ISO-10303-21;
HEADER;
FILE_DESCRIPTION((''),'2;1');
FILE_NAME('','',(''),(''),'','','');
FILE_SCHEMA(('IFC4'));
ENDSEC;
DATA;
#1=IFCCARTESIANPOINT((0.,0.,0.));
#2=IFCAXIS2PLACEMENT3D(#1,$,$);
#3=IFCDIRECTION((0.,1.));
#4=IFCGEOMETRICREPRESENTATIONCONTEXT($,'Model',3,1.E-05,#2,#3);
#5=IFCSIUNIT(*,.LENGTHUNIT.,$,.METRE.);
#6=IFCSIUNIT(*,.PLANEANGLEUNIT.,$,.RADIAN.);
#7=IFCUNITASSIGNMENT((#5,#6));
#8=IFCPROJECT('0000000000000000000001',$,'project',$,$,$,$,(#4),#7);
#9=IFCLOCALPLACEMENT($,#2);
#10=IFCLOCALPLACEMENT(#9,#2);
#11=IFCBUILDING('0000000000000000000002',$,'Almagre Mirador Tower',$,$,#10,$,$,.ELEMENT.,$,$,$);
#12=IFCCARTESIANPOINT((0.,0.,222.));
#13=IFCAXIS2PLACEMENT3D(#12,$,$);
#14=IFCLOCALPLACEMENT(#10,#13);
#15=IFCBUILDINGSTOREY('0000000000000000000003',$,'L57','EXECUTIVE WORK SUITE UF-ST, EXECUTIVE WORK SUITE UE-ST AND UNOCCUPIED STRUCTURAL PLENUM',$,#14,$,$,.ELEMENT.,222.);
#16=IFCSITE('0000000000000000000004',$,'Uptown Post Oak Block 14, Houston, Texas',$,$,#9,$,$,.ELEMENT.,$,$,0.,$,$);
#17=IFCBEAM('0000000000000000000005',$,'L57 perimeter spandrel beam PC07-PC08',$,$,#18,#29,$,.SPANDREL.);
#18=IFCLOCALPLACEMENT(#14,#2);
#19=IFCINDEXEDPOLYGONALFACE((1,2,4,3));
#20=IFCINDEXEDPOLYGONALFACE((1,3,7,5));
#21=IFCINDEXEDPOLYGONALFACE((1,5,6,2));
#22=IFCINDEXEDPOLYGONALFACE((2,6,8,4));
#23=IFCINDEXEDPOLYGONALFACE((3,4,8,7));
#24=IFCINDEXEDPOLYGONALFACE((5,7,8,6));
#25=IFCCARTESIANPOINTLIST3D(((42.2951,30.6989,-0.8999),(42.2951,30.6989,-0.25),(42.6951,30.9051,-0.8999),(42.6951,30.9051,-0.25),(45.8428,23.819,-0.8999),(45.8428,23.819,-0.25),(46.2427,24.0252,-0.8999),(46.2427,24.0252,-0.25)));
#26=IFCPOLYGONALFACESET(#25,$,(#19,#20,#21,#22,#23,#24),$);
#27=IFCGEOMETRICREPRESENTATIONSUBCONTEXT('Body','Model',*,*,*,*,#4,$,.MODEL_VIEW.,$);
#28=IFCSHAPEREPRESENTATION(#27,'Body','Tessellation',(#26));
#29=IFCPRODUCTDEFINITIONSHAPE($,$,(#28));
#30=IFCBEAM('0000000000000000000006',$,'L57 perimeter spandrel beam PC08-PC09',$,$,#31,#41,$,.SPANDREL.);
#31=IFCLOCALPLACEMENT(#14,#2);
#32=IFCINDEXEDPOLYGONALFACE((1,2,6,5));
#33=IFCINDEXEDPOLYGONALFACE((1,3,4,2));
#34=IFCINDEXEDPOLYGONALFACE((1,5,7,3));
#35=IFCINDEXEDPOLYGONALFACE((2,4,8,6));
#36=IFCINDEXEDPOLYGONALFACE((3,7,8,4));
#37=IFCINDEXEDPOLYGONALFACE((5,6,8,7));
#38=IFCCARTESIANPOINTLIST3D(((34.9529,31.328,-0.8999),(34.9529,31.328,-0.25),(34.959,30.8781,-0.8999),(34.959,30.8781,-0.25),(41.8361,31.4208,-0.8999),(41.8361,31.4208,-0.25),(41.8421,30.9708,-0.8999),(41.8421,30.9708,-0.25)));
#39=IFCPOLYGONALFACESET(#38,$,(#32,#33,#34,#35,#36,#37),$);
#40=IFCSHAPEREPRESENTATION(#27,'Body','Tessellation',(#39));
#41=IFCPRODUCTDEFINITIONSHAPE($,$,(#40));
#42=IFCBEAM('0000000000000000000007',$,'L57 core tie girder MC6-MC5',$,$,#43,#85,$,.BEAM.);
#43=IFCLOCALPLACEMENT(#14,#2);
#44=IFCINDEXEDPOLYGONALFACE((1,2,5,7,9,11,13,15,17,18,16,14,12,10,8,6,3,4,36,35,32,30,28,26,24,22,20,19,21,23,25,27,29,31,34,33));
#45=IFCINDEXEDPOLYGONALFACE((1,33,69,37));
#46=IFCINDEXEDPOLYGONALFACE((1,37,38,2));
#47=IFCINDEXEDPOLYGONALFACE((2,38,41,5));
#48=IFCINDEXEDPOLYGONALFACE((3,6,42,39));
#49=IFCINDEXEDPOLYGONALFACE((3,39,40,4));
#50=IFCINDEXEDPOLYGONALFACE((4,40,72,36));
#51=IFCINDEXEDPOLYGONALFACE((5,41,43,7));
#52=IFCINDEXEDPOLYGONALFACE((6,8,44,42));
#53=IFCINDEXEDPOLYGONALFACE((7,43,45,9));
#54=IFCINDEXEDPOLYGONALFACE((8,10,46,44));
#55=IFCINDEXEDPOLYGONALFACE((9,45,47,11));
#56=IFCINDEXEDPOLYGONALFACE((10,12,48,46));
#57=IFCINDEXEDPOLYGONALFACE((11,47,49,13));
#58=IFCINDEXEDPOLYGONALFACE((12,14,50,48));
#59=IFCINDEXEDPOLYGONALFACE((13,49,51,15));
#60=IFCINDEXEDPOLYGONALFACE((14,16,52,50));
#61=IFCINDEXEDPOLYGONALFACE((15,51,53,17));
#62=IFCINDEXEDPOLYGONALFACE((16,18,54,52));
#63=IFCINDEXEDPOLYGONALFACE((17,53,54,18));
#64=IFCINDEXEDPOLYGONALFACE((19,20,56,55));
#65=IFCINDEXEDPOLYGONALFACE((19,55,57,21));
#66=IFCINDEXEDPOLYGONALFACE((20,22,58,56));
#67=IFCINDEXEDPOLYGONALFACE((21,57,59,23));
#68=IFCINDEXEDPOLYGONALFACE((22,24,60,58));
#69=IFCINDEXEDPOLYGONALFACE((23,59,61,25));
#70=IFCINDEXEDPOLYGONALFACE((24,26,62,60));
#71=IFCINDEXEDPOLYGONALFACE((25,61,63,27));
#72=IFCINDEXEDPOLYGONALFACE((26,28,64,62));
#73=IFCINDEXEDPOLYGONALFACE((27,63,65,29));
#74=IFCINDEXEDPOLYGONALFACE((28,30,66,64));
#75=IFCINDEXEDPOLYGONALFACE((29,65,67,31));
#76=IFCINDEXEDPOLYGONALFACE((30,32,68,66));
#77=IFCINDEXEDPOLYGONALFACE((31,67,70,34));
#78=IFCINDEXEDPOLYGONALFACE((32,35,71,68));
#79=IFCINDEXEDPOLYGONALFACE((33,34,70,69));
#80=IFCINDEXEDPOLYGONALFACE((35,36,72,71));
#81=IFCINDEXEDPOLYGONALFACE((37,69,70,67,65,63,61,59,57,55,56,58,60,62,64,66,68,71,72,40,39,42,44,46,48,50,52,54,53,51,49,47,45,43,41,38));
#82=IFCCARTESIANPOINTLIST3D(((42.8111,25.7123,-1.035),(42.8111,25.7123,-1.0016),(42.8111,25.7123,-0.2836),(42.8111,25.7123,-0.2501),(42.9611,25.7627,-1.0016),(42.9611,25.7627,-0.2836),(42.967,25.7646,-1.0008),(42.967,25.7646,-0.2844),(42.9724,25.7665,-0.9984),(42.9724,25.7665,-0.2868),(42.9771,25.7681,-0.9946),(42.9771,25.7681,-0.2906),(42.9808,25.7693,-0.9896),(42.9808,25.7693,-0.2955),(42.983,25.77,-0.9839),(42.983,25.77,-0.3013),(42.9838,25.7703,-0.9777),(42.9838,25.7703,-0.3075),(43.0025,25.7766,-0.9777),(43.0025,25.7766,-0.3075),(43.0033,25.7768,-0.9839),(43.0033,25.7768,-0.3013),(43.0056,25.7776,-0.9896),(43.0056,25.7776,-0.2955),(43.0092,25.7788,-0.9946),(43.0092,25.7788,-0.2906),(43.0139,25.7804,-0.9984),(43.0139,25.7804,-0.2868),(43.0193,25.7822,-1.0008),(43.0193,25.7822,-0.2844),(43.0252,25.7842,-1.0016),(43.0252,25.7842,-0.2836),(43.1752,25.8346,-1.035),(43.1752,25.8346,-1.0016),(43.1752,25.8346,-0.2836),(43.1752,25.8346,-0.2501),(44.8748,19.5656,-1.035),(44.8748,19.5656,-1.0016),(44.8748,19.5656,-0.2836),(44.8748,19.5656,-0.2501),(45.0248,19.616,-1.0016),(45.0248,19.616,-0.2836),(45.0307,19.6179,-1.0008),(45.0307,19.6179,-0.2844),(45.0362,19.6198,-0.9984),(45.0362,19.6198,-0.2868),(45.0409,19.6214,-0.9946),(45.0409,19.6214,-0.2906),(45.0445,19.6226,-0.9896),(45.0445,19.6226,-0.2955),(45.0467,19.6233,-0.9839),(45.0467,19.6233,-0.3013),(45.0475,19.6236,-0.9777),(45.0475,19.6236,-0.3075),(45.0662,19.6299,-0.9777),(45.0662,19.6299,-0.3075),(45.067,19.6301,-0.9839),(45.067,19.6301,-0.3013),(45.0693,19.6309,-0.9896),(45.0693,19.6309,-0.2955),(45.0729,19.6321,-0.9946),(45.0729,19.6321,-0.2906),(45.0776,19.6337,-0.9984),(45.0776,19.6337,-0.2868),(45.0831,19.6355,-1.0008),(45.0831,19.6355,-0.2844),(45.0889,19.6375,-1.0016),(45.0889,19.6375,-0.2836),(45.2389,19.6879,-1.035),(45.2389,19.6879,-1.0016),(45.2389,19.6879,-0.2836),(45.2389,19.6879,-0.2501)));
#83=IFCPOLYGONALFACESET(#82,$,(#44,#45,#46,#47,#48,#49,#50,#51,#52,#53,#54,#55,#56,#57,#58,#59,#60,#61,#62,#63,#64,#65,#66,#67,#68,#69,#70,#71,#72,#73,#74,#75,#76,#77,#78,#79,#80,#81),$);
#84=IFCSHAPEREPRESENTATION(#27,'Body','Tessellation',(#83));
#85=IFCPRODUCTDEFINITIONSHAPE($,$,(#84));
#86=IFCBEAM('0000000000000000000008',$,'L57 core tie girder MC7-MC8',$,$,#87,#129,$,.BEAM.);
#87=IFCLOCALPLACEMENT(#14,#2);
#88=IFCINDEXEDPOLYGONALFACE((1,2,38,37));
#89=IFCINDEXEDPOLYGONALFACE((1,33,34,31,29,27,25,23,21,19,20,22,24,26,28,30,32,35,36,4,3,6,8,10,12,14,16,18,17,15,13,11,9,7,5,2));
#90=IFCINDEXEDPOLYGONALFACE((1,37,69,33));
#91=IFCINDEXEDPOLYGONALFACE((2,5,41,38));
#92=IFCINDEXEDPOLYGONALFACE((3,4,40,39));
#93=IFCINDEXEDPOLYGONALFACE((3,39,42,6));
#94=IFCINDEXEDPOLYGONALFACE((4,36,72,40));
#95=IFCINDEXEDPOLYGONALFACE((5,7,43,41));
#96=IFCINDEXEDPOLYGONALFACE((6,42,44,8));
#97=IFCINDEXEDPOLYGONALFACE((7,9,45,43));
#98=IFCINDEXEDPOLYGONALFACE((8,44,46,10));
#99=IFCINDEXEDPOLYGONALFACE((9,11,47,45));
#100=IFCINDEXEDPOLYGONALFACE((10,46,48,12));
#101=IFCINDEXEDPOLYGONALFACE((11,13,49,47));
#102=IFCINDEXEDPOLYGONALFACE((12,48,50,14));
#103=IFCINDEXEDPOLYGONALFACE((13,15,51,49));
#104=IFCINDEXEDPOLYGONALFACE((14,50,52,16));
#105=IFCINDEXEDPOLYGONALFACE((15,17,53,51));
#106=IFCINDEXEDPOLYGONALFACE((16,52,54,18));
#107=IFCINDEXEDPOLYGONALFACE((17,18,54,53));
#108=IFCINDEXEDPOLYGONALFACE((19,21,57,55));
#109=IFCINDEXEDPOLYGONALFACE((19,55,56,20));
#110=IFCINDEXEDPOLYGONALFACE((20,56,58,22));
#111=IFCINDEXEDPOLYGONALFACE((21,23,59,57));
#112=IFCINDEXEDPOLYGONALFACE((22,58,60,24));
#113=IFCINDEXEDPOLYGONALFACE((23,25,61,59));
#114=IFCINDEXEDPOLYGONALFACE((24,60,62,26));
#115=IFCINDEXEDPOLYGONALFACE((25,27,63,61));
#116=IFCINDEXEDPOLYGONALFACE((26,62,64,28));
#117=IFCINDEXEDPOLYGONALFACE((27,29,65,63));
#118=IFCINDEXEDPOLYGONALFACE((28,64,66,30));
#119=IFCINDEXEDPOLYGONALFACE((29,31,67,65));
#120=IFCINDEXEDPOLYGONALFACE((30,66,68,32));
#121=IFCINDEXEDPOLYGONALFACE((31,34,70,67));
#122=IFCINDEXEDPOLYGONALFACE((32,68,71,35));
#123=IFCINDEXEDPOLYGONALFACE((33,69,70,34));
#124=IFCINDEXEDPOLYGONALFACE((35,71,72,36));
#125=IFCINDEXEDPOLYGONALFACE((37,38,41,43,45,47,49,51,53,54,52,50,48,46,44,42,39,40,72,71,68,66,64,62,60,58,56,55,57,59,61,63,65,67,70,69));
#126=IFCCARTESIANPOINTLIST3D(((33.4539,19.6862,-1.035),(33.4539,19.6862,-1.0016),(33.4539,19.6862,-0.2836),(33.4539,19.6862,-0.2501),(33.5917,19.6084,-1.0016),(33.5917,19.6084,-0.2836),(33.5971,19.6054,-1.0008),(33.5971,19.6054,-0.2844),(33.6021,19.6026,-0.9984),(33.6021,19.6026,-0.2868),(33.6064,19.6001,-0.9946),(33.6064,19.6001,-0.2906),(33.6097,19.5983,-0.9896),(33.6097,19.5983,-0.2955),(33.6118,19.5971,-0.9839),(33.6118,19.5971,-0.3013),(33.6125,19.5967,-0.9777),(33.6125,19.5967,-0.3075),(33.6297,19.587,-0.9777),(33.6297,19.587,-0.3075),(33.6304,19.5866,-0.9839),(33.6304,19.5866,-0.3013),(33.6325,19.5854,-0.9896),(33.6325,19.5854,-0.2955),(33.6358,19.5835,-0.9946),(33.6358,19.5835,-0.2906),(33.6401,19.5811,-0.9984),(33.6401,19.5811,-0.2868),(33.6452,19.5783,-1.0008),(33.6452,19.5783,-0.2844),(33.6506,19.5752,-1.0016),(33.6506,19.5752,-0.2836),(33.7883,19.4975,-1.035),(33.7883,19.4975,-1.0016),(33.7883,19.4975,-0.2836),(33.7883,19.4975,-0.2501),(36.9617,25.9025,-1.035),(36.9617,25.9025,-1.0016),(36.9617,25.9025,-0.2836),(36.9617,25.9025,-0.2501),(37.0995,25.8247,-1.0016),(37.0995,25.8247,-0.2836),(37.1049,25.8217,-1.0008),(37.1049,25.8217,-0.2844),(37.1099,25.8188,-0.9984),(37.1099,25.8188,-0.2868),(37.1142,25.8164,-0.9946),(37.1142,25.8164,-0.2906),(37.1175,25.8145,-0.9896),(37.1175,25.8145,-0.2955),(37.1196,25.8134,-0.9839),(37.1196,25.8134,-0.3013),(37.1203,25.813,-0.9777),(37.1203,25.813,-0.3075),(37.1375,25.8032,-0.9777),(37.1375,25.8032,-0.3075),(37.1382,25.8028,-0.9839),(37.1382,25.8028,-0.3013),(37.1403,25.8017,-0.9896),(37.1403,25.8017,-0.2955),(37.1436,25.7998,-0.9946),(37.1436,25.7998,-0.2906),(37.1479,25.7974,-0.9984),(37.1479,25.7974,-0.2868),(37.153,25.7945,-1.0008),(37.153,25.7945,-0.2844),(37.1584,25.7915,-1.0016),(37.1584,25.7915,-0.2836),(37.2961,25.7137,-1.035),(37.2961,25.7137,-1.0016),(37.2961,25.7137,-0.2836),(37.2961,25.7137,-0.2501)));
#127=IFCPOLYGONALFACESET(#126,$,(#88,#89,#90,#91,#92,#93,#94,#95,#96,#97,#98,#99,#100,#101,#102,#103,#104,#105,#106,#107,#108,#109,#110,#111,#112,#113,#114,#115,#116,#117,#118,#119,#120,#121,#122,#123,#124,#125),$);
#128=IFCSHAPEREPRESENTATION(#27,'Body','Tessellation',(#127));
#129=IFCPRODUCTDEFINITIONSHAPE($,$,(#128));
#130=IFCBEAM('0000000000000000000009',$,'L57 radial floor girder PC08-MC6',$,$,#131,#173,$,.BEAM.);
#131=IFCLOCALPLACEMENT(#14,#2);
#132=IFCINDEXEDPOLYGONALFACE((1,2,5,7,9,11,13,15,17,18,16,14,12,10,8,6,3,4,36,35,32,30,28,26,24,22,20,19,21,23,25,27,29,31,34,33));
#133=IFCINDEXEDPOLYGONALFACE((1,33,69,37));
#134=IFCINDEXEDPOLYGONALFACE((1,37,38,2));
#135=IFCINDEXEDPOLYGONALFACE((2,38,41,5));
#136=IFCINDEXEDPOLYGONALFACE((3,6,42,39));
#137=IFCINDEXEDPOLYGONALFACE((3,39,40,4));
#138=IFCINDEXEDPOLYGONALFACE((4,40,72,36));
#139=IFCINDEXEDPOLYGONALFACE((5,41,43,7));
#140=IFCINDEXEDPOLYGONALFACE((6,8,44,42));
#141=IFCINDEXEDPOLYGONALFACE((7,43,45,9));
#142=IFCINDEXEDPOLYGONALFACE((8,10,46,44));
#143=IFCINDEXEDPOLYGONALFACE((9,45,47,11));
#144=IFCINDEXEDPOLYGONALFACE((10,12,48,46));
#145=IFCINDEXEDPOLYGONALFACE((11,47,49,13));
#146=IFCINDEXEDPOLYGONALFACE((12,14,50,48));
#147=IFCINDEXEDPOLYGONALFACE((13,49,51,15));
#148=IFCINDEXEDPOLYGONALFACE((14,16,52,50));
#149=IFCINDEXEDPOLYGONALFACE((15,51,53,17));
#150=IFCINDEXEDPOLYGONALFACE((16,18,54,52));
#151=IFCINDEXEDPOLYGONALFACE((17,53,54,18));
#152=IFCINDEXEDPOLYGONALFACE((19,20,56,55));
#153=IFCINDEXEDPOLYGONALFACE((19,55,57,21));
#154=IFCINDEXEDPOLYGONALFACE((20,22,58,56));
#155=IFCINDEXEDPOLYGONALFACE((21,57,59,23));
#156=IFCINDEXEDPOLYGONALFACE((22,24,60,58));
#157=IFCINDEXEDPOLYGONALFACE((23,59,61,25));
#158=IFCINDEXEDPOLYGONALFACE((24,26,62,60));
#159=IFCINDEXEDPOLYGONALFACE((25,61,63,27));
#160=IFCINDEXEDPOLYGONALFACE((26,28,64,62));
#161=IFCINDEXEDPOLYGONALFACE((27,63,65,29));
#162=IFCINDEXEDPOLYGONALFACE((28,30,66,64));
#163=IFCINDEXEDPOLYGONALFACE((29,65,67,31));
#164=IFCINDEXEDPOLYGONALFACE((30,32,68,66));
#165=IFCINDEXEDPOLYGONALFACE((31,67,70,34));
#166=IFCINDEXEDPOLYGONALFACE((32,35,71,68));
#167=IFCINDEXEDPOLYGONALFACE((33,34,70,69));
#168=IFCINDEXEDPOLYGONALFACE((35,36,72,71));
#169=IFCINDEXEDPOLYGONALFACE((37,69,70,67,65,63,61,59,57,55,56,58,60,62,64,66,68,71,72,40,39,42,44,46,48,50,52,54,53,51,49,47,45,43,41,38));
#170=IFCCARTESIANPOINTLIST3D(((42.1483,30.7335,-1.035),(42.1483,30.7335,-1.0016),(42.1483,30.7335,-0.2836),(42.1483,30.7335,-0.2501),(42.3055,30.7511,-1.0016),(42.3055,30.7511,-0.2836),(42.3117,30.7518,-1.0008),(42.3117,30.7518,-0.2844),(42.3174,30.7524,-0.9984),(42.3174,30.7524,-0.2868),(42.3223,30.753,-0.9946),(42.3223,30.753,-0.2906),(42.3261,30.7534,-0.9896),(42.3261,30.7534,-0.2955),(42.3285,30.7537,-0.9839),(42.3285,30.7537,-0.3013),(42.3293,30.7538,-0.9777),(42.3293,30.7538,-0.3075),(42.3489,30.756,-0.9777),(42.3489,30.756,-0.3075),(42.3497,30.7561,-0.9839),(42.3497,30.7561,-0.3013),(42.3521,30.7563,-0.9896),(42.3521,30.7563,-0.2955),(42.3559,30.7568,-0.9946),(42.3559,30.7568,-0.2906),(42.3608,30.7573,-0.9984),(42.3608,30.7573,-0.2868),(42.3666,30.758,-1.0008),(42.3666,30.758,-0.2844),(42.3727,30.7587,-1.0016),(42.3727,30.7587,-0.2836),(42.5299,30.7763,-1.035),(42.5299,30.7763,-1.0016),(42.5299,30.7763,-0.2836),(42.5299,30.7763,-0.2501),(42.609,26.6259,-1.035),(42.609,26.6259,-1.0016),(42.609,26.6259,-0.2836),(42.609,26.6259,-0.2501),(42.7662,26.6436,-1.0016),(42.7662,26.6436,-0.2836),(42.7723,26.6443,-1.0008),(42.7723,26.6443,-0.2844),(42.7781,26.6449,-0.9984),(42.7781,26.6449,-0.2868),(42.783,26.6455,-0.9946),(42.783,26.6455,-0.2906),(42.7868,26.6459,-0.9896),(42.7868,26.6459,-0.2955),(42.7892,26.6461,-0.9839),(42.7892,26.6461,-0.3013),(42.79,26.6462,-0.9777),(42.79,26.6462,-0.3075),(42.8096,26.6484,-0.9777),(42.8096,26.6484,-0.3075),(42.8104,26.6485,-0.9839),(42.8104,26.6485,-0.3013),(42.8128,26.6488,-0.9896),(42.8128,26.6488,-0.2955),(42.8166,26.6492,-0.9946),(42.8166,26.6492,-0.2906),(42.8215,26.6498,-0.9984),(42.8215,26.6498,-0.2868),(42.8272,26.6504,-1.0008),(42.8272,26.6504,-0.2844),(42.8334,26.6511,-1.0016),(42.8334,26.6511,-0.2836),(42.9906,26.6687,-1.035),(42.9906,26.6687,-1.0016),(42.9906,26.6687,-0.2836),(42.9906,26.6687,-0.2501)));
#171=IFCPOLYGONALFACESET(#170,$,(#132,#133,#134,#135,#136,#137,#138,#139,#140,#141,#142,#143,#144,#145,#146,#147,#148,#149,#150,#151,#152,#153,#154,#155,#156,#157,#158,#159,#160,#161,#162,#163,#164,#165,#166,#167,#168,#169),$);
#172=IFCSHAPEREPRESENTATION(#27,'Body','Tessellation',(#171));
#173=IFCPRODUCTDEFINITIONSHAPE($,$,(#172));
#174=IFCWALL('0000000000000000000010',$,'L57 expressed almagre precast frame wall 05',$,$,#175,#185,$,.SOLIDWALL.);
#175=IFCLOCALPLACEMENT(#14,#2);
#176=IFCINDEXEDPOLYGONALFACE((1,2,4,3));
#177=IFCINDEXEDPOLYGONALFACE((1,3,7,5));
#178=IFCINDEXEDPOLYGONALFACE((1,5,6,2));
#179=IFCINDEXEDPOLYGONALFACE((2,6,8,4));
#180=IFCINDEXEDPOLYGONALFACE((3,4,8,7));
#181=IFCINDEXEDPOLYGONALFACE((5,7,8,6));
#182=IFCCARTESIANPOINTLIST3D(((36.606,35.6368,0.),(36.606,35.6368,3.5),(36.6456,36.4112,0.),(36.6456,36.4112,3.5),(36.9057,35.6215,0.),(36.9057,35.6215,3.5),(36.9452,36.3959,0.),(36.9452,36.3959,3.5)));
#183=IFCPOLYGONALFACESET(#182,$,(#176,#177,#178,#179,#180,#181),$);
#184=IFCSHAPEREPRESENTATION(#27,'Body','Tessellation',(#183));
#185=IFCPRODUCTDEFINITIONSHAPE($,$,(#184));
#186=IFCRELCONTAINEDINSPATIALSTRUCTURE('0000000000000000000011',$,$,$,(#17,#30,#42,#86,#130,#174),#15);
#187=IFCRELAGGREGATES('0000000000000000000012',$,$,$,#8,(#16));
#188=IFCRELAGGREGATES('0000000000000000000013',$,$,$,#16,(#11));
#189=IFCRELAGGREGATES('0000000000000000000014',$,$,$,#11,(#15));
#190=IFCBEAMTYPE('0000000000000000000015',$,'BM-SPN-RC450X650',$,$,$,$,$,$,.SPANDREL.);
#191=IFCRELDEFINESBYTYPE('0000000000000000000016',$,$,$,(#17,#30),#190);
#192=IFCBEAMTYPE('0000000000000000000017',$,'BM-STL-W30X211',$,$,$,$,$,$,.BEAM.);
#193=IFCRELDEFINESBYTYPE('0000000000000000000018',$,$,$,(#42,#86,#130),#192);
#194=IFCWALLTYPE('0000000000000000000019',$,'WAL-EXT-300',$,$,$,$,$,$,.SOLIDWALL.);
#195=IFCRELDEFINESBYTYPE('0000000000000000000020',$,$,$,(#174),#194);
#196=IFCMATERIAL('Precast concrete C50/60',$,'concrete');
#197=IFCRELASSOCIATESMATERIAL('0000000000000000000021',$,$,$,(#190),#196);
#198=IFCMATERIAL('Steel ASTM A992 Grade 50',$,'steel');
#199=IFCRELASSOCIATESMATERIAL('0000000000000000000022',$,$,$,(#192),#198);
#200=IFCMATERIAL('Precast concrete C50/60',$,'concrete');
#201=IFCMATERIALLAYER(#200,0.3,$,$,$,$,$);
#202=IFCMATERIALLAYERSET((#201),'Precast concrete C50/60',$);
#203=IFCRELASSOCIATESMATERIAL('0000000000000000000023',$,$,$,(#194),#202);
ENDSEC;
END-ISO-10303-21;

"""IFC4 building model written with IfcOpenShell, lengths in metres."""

from ifc_helpers import new_model, si_unit, direction, frame, frame_2d, origin, origin_2d, place, context, subcontext, project, spatial, rectangle, i_section, extrude, material, layer, layer_set, material_profile, profile_set, type_object, element, save


model = new_model("IFC4")

# Units and contexts
model_context = context("Model", 3, precision=1e-05, world=origin(), true_north=direction((0.0, 1.0)))
body_context = subcontext(model_context, "Body", "Model", "MODEL_VIEW")
ifc_project = project(units=[si_unit("LENGTHUNIT", "METRE"), si_unit("PLANEANGLEUNIT", "RADIAN")], contexts=[model_context])

# Site, building, storey
site_placement = place(None, origin())
site = spatial("IfcSite", under=ifc_project, at=site_placement, Name="Uptown Post Oak Block 14, Houston, Texas", CompositionType="ELEMENT", RefElevation=0.0)
building_placement = place(site_placement, origin())
building = spatial("IfcBuilding", under=site, at=building_placement, Name="Almagre Mirador Tower", CompositionType="ELEMENT")
storey_placement = place(building_placement, frame((0.0, 0.0, 222.0)))
storey = spatial("IfcBuildingStorey", under=building, at=storey_placement, Name="L57", Description="EXECUTIVE WORK SUITE UF-ST, EXECUTIVE WORK SUITE UE-ST AND UNOCCUPIED STRUCTURAL PLENUM", CompositionType="ELEMENT", Elevation=222.0)

# Beams
ifc_material_1 = material(Name="Precast concrete C50/60", Category="concrete")
ifc_material_profile_1 = material_profile(ifc_material_1, rectangle(XDim=0.45, YDim=0.6499, at=origin_2d()), Name="RC450X650")
ifc_profile_set_1 = profile_set([ifc_material_profile_1], Name="Precast concrete C50/60")
beam_type_1 = type_object("IfcBeamType", Name="BM-SPN-RC450X650", PredefinedType="SPANDREL", material=ifc_profile_set_1)
beam_1_placement = place(storey_placement, frame((46.0427, 23.9221, -0.575), z_axis=(-0.458306, 0.888794, 0.0), x_axis=(-0.888794, -0.458306, 0.0)))
element("IfcBeam", 1, at=beam_1_placement, inside=storey, type_object=beam_type_1, Name="L57 perimeter spandrel beam PC07-PC08", PredefinedType="SPANDREL", context=body_context, shape_type="SweptSolid", body=[
    extrude(rectangle(XDim=0.45, YDim=0.6499, at=origin_2d()), origin(), (0.0, 0.0, 1.0), 7.7407),
])
beam_2_placement = place(storey_placement, frame((41.8391, 31.1958, -0.575), z_axis=(-0.999909, -0.013477, 0.0), x_axis=(0.013477, -0.999909, 0.0)))
element("IfcBeam", 2, at=beam_2_placement, inside=storey, type_object=beam_type_1, Name="L57 perimeter spandrel beam PC08-PC09", PredefinedType="SPANDREL", context=body_context, shape_type="SweptSolid", body=[
    extrude(rectangle(XDim=0.45, YDim=0.6499, at=origin_2d()), origin(), (0.0, 0.0, 1.0), 6.8838),
])
ifc_material_2 = material(Name="Steel ASTM A992 Grade 50", Category="steel")
ifc_material_profile_2 = material_profile(ifc_material_2, i_section(OverallWidth=0.384, OverallDepth=0.7849, WebThickness=0.0198, FlangeThickness=0.0334, FilletRadius=0.0239, at=origin_2d()), Name="W30X211")
ifc_profile_set_2 = profile_set([ifc_material_profile_2], Name="Steel ASTM A992 Grade 50")
beam_type_2 = type_object("IfcBeamType", Name="BM-STL-W30X211", PredefinedType="BEAM", material=ifc_profile_set_2)
beam_3_placement = place(storey_placement, frame((42.9932, 25.7734, -0.6426), z_axis=(0.318283, -0.947996, 0.0), x_axis=(0.947996, 0.318283, 0.0)))
element("IfcBeam", 3, at=beam_3_placement, inside=storey, type_object=beam_type_2, Name="L57 core tie girder MC6-MC5", PredefinedType="BEAM", context=body_context, shape_type="SweptSolid", body=[
    extrude(i_section(OverallWidth=0.384, OverallDepth=0.7849, WebThickness=0.0198, FlangeThickness=0.0334, FilletRadius=0.0239, at=origin_2d()), origin(), (0.0, 0.0, 1.0), 6.4839),
])
beam_4_placement = place(storey_placement, frame((37.1289, 25.8081, -0.6426), z_axis=(-0.491446, -0.870908, 0.0), x_axis=(0.870908, -0.491446, 0.0)))
element("IfcBeam", 4, at=beam_4_placement, inside=storey, type_object=beam_type_2, Name="L57 core tie girder MC7-MC8", PredefinedType="BEAM", context=body_context, shape_type="SweptSolid", body=[
    extrude(i_section(OverallWidth=0.384, OverallDepth=0.7849, WebThickness=0.0198, FlangeThickness=0.0334, FilletRadius=0.0239, at=origin_2d()), origin(), (0.0, 0.0, 1.0), 7.1377),
])
beam_5_placement = place(storey_placement, frame((42.3391, 30.7549, -0.6426), z_axis=(0.111456, -0.993769, 0.0), x_axis=(0.993769, 0.111456, 0.0)))
element("IfcBeam", 5, at=beam_5_placement, inside=storey, type_object=beam_type_2, Name="L57 radial floor girder PC08-MC6", PredefinedType="BEAM", context=body_context, shape_type="SweptSolid", body=[
    extrude(i_section(OverallWidth=0.384, OverallDepth=0.7849, WebThickness=0.0198, FlangeThickness=0.0334, FilletRadius=0.0239, at=origin_2d()), origin(), (0.0, 0.0, 1.0), 4.1333),
])

# Wall
ifc_material_3 = material(Name="Precast concrete C50/60", Category="concrete")
ifc_layer_1 = layer(ifc_material_3, 0.3)
ifc_layer_set_1 = layer_set([ifc_layer_1], Name="Precast concrete C50/60")
wall_type_1 = type_object("IfcWallType", Name="WAL-EXT-300", PredefinedType="SOLIDWALL", material=ifc_layer_set_1)
wall_1_placement = place(storey_placement, frame((36.7954, 36.4036, 0.0), z_axis=(0.0, 0.0, 1.0), x_axis=(-0.051005, -0.998698, 0.0)))
element("IfcWall", 6, at=wall_1_placement, inside=storey, type_object=wall_type_1, Name="L57 expressed almagre precast frame wall 05", PredefinedType="SOLIDWALL", context=body_context, shape_type="SweptSolid", body=[
    extrude(rectangle(XDim=0.7754, YDim=0.3, at=frame_2d((0.3877, 0.0))), origin(), (0.0, 0.0, 1.0), 3.5),
])

save(model, "model.ifc")
